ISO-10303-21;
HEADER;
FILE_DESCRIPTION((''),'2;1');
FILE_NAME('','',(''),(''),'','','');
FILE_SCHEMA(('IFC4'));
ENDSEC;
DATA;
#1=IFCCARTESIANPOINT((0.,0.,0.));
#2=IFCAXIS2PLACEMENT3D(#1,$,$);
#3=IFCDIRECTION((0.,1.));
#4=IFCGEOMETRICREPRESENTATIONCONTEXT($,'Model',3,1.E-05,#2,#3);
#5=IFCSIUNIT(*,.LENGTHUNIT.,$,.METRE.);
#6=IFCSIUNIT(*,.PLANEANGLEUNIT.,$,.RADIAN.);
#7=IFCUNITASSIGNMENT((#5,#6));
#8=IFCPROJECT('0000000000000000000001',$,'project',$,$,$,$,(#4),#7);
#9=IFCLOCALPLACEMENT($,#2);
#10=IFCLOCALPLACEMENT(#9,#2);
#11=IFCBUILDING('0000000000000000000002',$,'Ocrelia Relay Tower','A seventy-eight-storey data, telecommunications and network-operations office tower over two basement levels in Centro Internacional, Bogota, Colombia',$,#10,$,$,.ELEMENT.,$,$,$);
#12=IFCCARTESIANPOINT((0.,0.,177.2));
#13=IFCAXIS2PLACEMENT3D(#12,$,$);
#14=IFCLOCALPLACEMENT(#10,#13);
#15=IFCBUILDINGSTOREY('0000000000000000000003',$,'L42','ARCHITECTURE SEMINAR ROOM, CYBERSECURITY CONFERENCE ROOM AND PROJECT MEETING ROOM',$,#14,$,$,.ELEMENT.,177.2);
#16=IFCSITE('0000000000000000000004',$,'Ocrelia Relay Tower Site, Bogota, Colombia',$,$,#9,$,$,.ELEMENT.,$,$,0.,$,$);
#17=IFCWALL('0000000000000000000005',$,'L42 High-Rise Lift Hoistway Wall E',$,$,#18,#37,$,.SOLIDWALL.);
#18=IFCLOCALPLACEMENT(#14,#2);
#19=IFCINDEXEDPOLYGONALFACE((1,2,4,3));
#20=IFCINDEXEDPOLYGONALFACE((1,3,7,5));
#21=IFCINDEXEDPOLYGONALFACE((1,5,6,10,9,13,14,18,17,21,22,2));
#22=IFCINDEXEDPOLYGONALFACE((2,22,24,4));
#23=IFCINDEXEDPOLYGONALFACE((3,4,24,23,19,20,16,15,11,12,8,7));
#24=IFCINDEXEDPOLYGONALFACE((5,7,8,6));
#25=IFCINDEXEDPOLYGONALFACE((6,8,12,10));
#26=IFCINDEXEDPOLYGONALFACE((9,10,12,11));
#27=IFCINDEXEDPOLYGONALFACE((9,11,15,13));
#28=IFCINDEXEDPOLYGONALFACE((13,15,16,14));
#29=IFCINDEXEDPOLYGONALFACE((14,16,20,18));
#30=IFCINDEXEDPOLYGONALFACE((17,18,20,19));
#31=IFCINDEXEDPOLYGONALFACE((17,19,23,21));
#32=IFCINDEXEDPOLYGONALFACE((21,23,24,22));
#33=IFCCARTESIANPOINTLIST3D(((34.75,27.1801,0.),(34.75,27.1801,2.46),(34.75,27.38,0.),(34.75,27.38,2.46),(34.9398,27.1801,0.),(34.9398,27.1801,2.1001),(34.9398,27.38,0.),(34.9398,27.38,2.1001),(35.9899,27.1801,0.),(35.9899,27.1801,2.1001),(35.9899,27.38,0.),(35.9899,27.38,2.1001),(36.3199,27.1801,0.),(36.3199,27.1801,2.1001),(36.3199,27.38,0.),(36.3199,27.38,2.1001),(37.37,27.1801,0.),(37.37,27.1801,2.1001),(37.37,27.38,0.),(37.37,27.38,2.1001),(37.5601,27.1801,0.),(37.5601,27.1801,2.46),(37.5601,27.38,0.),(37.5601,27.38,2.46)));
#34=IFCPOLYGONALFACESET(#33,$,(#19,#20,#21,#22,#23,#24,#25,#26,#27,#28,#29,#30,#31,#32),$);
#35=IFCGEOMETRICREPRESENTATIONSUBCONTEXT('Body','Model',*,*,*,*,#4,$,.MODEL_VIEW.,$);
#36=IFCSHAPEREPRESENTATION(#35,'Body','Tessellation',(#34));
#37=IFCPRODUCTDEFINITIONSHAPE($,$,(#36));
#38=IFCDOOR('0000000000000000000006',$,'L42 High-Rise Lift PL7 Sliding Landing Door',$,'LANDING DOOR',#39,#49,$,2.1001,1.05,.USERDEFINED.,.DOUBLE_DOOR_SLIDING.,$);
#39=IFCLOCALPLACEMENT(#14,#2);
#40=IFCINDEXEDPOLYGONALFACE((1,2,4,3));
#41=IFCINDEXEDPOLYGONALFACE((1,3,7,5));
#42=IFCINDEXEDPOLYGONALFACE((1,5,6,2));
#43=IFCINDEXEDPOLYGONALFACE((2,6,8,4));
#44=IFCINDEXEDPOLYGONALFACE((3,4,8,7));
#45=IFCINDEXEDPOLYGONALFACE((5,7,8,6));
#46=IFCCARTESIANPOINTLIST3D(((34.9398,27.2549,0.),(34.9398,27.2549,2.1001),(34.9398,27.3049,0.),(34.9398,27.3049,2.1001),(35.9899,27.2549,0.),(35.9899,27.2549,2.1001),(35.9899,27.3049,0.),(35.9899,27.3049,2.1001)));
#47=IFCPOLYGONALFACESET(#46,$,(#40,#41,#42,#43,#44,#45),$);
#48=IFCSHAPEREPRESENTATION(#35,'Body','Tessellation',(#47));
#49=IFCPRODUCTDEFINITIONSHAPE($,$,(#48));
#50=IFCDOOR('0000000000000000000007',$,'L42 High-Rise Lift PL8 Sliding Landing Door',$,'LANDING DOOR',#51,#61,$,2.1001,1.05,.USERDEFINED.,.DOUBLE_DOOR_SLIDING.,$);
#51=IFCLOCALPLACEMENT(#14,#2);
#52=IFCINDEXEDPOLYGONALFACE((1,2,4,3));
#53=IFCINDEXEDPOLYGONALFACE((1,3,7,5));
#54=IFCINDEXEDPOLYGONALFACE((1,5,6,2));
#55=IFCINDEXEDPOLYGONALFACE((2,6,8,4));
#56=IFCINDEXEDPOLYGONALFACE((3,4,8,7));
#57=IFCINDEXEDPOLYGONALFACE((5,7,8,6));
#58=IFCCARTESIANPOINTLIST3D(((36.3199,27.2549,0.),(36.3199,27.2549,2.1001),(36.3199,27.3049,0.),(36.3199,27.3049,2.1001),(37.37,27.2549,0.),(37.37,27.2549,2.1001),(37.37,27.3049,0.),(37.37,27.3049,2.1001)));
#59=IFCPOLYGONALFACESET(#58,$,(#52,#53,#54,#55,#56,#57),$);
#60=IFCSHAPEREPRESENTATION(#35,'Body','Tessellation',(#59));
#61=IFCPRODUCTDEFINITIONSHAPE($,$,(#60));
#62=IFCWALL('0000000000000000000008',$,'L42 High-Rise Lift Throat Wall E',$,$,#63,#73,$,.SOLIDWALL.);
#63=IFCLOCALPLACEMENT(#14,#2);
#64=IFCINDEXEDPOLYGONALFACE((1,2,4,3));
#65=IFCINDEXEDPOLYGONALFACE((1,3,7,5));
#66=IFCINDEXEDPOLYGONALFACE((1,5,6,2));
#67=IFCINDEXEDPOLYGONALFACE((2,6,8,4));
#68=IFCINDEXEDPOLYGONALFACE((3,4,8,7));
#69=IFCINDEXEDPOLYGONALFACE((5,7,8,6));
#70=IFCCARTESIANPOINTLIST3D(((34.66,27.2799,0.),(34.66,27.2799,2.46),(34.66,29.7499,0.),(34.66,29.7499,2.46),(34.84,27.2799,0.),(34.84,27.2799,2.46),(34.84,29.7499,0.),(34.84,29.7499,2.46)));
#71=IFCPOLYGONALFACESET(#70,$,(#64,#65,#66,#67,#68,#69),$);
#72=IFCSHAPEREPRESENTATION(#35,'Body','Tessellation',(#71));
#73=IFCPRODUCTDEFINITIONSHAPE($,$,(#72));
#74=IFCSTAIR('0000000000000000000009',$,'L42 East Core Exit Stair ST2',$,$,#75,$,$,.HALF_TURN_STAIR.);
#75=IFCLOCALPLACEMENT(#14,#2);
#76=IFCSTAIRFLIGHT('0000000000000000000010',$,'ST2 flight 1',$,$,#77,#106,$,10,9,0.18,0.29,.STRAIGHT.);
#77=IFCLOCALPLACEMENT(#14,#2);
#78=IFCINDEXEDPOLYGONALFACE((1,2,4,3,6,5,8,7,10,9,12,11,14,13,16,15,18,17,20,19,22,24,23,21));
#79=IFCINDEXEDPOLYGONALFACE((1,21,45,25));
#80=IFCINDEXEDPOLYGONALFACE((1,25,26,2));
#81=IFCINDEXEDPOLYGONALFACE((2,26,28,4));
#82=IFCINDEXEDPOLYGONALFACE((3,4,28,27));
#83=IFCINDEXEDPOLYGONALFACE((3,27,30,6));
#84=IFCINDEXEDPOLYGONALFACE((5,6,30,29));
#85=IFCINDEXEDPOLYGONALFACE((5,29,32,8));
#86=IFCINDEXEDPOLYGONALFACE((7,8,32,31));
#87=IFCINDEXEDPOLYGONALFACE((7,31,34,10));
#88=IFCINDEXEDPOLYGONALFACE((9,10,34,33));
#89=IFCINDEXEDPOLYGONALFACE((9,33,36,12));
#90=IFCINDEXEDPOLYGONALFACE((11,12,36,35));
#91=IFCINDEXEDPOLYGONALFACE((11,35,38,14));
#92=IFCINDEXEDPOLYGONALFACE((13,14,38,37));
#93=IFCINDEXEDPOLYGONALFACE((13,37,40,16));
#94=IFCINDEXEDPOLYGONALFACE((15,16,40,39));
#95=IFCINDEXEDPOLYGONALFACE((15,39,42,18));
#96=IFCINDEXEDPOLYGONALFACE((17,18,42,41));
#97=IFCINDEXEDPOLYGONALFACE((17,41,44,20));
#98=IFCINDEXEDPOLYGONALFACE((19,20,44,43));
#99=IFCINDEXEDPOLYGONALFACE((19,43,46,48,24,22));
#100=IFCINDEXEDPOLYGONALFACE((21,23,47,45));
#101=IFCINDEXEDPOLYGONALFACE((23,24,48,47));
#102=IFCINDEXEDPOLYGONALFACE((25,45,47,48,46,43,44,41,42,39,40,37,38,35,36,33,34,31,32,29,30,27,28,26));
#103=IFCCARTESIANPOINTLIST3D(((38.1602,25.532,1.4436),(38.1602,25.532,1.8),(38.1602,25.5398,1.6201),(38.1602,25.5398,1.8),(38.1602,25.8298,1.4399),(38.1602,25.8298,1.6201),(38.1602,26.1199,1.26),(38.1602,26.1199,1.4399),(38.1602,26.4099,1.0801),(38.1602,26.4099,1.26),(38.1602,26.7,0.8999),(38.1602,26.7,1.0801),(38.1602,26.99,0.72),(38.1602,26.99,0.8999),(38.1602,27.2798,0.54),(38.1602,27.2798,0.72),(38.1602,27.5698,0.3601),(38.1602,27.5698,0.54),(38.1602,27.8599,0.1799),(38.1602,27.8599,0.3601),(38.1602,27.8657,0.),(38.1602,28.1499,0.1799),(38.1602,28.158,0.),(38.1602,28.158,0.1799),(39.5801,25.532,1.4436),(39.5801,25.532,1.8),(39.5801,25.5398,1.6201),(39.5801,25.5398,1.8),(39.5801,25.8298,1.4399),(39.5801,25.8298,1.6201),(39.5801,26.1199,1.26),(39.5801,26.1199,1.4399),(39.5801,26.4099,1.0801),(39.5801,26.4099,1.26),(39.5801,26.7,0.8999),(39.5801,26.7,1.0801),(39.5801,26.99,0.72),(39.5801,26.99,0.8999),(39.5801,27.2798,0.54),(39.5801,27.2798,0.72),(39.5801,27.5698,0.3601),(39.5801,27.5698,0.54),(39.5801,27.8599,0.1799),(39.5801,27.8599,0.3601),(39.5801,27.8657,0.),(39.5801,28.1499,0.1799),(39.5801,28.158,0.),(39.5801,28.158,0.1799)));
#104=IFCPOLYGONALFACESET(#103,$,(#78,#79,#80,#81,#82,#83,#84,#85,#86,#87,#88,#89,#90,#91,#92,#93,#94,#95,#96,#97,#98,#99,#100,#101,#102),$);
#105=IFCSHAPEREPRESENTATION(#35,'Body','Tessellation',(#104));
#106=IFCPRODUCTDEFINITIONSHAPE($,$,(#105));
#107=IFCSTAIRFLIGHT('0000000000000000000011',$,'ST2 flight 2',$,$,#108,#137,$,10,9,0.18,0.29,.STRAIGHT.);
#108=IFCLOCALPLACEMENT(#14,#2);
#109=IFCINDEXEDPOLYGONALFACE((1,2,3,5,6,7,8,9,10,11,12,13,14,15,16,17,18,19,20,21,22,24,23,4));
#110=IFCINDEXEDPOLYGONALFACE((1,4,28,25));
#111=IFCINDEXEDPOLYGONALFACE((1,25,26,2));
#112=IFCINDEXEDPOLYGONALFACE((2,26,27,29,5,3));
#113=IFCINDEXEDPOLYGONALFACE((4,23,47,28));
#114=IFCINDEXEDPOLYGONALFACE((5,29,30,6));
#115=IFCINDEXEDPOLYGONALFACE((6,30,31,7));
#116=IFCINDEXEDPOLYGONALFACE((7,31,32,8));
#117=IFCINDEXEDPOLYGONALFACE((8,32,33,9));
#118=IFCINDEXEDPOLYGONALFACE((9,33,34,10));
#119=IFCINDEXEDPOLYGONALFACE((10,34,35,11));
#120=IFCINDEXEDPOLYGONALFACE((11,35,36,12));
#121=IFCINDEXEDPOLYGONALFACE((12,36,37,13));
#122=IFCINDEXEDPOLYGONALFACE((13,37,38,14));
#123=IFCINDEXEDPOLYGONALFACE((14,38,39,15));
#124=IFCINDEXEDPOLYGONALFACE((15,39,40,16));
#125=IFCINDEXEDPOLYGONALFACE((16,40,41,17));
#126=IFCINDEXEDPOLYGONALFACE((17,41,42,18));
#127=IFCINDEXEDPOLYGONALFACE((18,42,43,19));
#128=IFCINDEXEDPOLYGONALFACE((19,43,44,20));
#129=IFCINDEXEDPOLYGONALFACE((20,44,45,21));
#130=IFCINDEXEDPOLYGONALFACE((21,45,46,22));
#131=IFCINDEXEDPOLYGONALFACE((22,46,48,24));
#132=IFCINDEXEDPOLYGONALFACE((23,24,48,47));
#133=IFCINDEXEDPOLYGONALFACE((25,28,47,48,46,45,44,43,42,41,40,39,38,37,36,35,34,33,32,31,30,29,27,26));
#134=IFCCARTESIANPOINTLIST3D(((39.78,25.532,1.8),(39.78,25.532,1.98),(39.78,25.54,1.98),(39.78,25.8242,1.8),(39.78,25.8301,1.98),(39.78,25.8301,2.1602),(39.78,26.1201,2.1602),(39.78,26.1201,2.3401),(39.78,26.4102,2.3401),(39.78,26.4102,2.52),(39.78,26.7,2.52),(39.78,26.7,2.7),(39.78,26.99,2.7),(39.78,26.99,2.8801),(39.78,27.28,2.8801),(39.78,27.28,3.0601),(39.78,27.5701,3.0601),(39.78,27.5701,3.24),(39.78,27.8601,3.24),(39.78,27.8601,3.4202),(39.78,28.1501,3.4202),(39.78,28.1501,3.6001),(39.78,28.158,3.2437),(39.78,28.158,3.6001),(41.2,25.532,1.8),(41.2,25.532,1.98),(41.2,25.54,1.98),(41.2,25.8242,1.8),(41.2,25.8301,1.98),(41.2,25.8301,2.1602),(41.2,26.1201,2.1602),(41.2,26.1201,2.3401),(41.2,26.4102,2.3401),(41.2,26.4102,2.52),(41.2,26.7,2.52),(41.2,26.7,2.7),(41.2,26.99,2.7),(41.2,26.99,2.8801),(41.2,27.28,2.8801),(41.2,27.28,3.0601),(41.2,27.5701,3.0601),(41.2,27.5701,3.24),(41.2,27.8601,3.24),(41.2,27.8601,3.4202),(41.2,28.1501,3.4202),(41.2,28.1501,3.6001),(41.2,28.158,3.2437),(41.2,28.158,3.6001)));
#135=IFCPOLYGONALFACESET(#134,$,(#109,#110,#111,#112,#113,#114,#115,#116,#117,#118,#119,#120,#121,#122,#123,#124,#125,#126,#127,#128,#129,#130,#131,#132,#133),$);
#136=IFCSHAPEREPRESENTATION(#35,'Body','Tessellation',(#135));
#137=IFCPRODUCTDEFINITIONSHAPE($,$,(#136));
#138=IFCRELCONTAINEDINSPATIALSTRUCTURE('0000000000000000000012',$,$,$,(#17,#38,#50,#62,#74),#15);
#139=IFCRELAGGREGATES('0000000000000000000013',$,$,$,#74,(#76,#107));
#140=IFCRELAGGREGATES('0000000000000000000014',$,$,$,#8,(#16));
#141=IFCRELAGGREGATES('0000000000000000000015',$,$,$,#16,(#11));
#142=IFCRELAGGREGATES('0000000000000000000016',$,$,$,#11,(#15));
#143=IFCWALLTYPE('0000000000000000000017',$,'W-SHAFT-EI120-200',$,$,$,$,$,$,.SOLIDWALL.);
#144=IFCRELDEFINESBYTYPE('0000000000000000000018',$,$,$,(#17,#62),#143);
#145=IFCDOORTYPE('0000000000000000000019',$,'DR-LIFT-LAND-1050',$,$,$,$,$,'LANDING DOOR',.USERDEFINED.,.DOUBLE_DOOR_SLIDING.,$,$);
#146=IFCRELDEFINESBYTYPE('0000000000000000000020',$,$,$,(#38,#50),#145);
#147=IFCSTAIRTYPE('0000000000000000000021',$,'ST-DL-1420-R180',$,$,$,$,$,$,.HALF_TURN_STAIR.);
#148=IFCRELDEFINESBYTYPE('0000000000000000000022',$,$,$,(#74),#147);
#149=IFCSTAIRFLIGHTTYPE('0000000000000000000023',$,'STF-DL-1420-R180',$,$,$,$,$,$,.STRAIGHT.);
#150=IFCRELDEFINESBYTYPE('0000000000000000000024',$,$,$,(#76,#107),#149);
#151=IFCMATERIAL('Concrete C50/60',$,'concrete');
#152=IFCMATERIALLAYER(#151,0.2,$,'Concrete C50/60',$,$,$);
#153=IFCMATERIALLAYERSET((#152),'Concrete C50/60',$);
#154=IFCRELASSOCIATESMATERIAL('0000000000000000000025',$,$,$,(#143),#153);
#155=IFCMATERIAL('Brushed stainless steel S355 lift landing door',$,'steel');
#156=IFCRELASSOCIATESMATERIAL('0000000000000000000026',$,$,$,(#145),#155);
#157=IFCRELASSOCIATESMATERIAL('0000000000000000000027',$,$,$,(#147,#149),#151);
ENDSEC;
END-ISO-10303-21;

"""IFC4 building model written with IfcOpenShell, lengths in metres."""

from ifc_helpers import new_model, si_unit, direction, frame, frame_2d, origin, place, context, subcontext, project, spatial, polyline, rectangle, outline, extrude, material, layer, layer_set, type_object, element, fill, aggregate, save


model = new_model("IFC4")

# Units and contexts
model_context = context("Model", 3, precision=1e-05, world=origin(), true_north=direction((0.0, 1.0)))
body_context = subcontext(model_context, "Body", "Model", "MODEL_VIEW")
ifc_project = project(units=[si_unit("LENGTHUNIT", "METRE"), si_unit("PLANEANGLEUNIT", "RADIAN")], contexts=[model_context])

# Site, building, storey
site_placement = place(None, origin())
site = spatial("IfcSite", under=ifc_project, at=site_placement, Name="Ocrelia Relay Tower Site, Bogota, Colombia", CompositionType="ELEMENT", RefElevation=0.0)
building_placement = place(site_placement, origin())
building = spatial("IfcBuilding", under=site, at=building_placement, Name="Ocrelia Relay Tower", Description="A seventy-eight-storey data, telecommunications and network-operations office tower over two basement levels in Centro Internacional, Bogota, Colombia", CompositionType="ELEMENT")
storey_placement = place(building_placement, frame((0.0, 0.0, 177.2)))
storey = spatial("IfcBuildingStorey", under=building, at=storey_placement, Name="L42", Description="ARCHITECTURE SEMINAR ROOM, CYBERSECURITY CONFERENCE ROOM AND PROJECT MEETING ROOM", CompositionType="ELEMENT", Elevation=177.2)

# Shared definitions
ifc_material_1 = material(Name="Concrete C50/60", Category="concrete")
ifc_layer_1 = layer(ifc_material_1, 0.2, Name="Concrete C50/60")
ifc_layer_set_1 = layer_set([ifc_layer_1], Name="Concrete C50/60")
wall_type_1 = type_object("IfcWallType", Name="W-SHAFT-EI120-200", PredefinedType="SOLIDWALL", material=ifc_layer_set_1)

# Wall, openings, doors
wall_1_placement = place(storey_placement, frame((34.75, 27.28, 0.0), z_axis=(0.0, 0.0, 1.0), x_axis=(1.0, 0.0, 0.0)))
wall_1 = element("IfcWall", 1, at=wall_1_placement, inside=storey, type_object=wall_type_1, Name="L42 High-Rise Lift Hoistway Wall E", PredefinedType="SOLIDWALL", context=body_context, shape_type="SweptSolid", body=[
    extrude(rectangle(XDim=2.8101, YDim=0.2, at=frame_2d((1.405, 0.0))), origin(), (0.0, 0.0, 1.0), 2.46),
])
opening_1_placement = place(wall_1_placement, frame((0.1899, 0.0, 0.0)))
opening_1 = element("IfcOpeningElement", 2, at=opening_1_placement, cuts=wall_1, PredefinedType="OPENING", context=body_context, shape_type="SweptSolid", body=[
    extrude(rectangle(XDim=1.05, YDim=2.1001, at=frame_2d((0.5249, 1.05))), frame((0.0, 0.1099, 0.0), z_axis=(0.0, -1.0, 0.0), x_axis=(1.0, 0.0, 0.0)), (0.0, 0.0, 1.0), 0.22),
])
opening_2_placement = place(wall_1_placement, frame((1.5701, 0.0, 0.0)))
opening_2 = element("IfcOpeningElement", 3, at=opening_2_placement, cuts=wall_1, PredefinedType="OPENING", context=body_context, shape_type="SweptSolid", body=[
    extrude(rectangle(XDim=1.05, YDim=2.1001, at=frame_2d((0.5249, 1.05))), frame((0.0, 0.1099, 0.0), z_axis=(0.0, -1.0, 0.0), x_axis=(1.0, 0.0, 0.0)), (0.0, 0.0, 1.0), 0.22),
])
ifc_material_2 = material(Name="Brushed stainless steel S355 lift landing door", Category="steel")
door_type = type_object("IfcDoorType", Name="DR-LIFT-LAND-1050", ElementType="LANDING DOOR", OperationType="DOUBLE_DOOR_SLIDING", PredefinedType="USERDEFINED", material=ifc_material_2)
door_1_placement = place(opening_1_placement, origin())
door_1 = element("IfcDoor", 4, at=door_1_placement, inside=storey, type_object=door_type, Name="L42 High-Rise Lift PL7 Sliding Landing Door", ObjectType="LANDING DOOR", OperationType="DOUBLE_DOOR_SLIDING", OverallHeight=2.1001, OverallWidth=1.05, PredefinedType="USERDEFINED", context=body_context, shape_type="SweptSolid", body=[
    extrude(rectangle(XDim=1.05, YDim=2.1001, at=frame_2d((0.5249, 1.05))), frame((0.0, 0.0249, 0.0), z_axis=(0.0, -1.0, 0.0), x_axis=(1.0, 0.0, 0.0)), (0.0, 0.0, 1.0), 0.05),
])
fill(opening_1, door_1)
door_2_placement = place(opening_2_placement, origin())
door_2 = element("IfcDoor", 5, at=door_2_placement, inside=storey, type_object=door_type, Name="L42 High-Rise Lift PL8 Sliding Landing Door", ObjectType="LANDING DOOR", OperationType="DOUBLE_DOOR_SLIDING", OverallHeight=2.1001, OverallWidth=1.05, PredefinedType="USERDEFINED", context=body_context, shape_type="SweptSolid", body=[
    extrude(rectangle(XDim=1.05, YDim=2.1001, at=frame_2d((0.5249, 1.05))), frame((0.0, 0.0249, 0.0), z_axis=(0.0, -1.0, 0.0), x_axis=(1.0, 0.0, 0.0)), (0.0, 0.0, 1.0), 0.05),
])
fill(opening_2, door_2)

# Wall
wall_2_placement = place(storey_placement, frame((34.75, 27.28, 0.0), z_axis=(0.0, 0.0, 1.0), x_axis=(0.0, 1.0, 0.0)))
element("IfcWall", 6, at=wall_2_placement, inside=storey, type_object=wall_type_1, Name="L42 High-Rise Lift Throat Wall E", PredefinedType="SOLIDWALL", context=body_context, shape_type="SweptSolid", body=[
    extrude(rectangle(XDim=2.47, YDim=0.1799, at=frame_2d((1.2349, 0.0))), origin(), (0.0, 0.0, 1.0), 2.46),
])

# Stair, stair flights
stair_type = type_object("IfcStairType", Name="ST-DL-1420-R180", PredefinedType="HALF_TURN_STAIR", material=ifc_material_1)
stair_placement = place(storey_placement, origin())
stair = element("IfcStair", 7, at=stair_placement, inside=storey, type_object=stair_type, Name="L42 East Core Exit Stair ST2", PredefinedType="HALF_TURN_STAIR")
stair_flight_type = type_object("IfcStairFlightType", Name="STF-DL-1420-R180", PredefinedType="STRAIGHT", material=ifc_material_1)
stair_flight_1_placement = place(storey_placement, frame((38.8701, 28.1499, 0.0), z_axis=(0.0, 0.0, 1.0), x_axis=(0.0, -1.0, 0.0)))
stair_flight_1 = element("IfcStairFlight", 8, at=stair_flight_1_placement, type_object=stair_flight_type, Name="ST2 flight 1", NumberOfRisers=10, NumberOfTreads=9, PredefinedType="STRAIGHT", RiserHeight=0.18, TreadLength=0.29, context=body_context, shape_type="SweptSolid", body=[
    extrude(outline(polyline([(-0.0081, 0.0), (-0.0081, 0.1799), (0.0, 0.1799), (0.29, 0.1799), (0.29, 0.3601), (0.5801, 0.3601), (0.5801, 0.54), (0.8701, 0.54), (0.8701, 0.72), (1.1599, 0.72), (1.1599, 0.8999), (1.45, 0.8999), (1.45, 1.0801), (1.74, 1.0801), (1.74, 1.26), (2.03, 1.26), (2.03, 1.4399), (2.3201, 1.4399), (2.3201, 1.6201), (2.6101, 1.6201), (2.6101, 1.8), (2.6179, 1.8), (2.6179, 1.4436), (0.2842, 0.0), (-0.0081, 0.0)])), frame((0.0, 0.71, 0.0), z_axis=(0.0, -1.0, 0.0), x_axis=(1.0, 0.0, 0.0)), (0.0, 0.0, 1.0), 1.4199),
])
stair_flight_2_placement = place(storey_placement, frame((40.49, 25.54, 1.8), z_axis=(0.0, 0.0, 1.0), x_axis=(0.0, 1.0, 0.0)))
stair_flight_2 = element("IfcStairFlight", 9, at=stair_flight_2_placement, type_object=stair_flight_type, Name="ST2 flight 2", NumberOfRisers=10, NumberOfTreads=9, PredefinedType="STRAIGHT", RiserHeight=0.18, TreadLength=0.29, context=body_context, shape_type="SweptSolid", body=[
    extrude(outline(polyline([(-0.0081, 0.0), (-0.0081, 0.1799), (0.0, 0.1799), (0.29, 0.1799), (0.29, 0.3601), (0.5801, 0.3601), (0.5801, 0.54), (0.8701, 0.54), (0.8701, 0.72), (1.1599, 0.72), (1.1599, 0.8999), (1.45, 0.8999), (1.45, 1.0801), (1.74, 1.0801), (1.74, 1.26), (2.03, 1.26), (2.03, 1.4399), (2.3201, 1.4399), (2.3201, 1.6201), (2.6101, 1.6201), (2.6101, 1.8), (2.6179, 1.8), (2.6179, 1.4436), (0.2842, 0.0), (-0.0081, 0.0)])), frame((0.0, 0.71, 0.0), z_axis=(0.0, -1.0, 0.0), x_axis=(1.0, 0.0, 0.0)), (0.0, 0.0, 1.0), 1.4199),
])
aggregate(stair, [stair_flight_1, stair_flight_2])

save(model, "model.ifc")
